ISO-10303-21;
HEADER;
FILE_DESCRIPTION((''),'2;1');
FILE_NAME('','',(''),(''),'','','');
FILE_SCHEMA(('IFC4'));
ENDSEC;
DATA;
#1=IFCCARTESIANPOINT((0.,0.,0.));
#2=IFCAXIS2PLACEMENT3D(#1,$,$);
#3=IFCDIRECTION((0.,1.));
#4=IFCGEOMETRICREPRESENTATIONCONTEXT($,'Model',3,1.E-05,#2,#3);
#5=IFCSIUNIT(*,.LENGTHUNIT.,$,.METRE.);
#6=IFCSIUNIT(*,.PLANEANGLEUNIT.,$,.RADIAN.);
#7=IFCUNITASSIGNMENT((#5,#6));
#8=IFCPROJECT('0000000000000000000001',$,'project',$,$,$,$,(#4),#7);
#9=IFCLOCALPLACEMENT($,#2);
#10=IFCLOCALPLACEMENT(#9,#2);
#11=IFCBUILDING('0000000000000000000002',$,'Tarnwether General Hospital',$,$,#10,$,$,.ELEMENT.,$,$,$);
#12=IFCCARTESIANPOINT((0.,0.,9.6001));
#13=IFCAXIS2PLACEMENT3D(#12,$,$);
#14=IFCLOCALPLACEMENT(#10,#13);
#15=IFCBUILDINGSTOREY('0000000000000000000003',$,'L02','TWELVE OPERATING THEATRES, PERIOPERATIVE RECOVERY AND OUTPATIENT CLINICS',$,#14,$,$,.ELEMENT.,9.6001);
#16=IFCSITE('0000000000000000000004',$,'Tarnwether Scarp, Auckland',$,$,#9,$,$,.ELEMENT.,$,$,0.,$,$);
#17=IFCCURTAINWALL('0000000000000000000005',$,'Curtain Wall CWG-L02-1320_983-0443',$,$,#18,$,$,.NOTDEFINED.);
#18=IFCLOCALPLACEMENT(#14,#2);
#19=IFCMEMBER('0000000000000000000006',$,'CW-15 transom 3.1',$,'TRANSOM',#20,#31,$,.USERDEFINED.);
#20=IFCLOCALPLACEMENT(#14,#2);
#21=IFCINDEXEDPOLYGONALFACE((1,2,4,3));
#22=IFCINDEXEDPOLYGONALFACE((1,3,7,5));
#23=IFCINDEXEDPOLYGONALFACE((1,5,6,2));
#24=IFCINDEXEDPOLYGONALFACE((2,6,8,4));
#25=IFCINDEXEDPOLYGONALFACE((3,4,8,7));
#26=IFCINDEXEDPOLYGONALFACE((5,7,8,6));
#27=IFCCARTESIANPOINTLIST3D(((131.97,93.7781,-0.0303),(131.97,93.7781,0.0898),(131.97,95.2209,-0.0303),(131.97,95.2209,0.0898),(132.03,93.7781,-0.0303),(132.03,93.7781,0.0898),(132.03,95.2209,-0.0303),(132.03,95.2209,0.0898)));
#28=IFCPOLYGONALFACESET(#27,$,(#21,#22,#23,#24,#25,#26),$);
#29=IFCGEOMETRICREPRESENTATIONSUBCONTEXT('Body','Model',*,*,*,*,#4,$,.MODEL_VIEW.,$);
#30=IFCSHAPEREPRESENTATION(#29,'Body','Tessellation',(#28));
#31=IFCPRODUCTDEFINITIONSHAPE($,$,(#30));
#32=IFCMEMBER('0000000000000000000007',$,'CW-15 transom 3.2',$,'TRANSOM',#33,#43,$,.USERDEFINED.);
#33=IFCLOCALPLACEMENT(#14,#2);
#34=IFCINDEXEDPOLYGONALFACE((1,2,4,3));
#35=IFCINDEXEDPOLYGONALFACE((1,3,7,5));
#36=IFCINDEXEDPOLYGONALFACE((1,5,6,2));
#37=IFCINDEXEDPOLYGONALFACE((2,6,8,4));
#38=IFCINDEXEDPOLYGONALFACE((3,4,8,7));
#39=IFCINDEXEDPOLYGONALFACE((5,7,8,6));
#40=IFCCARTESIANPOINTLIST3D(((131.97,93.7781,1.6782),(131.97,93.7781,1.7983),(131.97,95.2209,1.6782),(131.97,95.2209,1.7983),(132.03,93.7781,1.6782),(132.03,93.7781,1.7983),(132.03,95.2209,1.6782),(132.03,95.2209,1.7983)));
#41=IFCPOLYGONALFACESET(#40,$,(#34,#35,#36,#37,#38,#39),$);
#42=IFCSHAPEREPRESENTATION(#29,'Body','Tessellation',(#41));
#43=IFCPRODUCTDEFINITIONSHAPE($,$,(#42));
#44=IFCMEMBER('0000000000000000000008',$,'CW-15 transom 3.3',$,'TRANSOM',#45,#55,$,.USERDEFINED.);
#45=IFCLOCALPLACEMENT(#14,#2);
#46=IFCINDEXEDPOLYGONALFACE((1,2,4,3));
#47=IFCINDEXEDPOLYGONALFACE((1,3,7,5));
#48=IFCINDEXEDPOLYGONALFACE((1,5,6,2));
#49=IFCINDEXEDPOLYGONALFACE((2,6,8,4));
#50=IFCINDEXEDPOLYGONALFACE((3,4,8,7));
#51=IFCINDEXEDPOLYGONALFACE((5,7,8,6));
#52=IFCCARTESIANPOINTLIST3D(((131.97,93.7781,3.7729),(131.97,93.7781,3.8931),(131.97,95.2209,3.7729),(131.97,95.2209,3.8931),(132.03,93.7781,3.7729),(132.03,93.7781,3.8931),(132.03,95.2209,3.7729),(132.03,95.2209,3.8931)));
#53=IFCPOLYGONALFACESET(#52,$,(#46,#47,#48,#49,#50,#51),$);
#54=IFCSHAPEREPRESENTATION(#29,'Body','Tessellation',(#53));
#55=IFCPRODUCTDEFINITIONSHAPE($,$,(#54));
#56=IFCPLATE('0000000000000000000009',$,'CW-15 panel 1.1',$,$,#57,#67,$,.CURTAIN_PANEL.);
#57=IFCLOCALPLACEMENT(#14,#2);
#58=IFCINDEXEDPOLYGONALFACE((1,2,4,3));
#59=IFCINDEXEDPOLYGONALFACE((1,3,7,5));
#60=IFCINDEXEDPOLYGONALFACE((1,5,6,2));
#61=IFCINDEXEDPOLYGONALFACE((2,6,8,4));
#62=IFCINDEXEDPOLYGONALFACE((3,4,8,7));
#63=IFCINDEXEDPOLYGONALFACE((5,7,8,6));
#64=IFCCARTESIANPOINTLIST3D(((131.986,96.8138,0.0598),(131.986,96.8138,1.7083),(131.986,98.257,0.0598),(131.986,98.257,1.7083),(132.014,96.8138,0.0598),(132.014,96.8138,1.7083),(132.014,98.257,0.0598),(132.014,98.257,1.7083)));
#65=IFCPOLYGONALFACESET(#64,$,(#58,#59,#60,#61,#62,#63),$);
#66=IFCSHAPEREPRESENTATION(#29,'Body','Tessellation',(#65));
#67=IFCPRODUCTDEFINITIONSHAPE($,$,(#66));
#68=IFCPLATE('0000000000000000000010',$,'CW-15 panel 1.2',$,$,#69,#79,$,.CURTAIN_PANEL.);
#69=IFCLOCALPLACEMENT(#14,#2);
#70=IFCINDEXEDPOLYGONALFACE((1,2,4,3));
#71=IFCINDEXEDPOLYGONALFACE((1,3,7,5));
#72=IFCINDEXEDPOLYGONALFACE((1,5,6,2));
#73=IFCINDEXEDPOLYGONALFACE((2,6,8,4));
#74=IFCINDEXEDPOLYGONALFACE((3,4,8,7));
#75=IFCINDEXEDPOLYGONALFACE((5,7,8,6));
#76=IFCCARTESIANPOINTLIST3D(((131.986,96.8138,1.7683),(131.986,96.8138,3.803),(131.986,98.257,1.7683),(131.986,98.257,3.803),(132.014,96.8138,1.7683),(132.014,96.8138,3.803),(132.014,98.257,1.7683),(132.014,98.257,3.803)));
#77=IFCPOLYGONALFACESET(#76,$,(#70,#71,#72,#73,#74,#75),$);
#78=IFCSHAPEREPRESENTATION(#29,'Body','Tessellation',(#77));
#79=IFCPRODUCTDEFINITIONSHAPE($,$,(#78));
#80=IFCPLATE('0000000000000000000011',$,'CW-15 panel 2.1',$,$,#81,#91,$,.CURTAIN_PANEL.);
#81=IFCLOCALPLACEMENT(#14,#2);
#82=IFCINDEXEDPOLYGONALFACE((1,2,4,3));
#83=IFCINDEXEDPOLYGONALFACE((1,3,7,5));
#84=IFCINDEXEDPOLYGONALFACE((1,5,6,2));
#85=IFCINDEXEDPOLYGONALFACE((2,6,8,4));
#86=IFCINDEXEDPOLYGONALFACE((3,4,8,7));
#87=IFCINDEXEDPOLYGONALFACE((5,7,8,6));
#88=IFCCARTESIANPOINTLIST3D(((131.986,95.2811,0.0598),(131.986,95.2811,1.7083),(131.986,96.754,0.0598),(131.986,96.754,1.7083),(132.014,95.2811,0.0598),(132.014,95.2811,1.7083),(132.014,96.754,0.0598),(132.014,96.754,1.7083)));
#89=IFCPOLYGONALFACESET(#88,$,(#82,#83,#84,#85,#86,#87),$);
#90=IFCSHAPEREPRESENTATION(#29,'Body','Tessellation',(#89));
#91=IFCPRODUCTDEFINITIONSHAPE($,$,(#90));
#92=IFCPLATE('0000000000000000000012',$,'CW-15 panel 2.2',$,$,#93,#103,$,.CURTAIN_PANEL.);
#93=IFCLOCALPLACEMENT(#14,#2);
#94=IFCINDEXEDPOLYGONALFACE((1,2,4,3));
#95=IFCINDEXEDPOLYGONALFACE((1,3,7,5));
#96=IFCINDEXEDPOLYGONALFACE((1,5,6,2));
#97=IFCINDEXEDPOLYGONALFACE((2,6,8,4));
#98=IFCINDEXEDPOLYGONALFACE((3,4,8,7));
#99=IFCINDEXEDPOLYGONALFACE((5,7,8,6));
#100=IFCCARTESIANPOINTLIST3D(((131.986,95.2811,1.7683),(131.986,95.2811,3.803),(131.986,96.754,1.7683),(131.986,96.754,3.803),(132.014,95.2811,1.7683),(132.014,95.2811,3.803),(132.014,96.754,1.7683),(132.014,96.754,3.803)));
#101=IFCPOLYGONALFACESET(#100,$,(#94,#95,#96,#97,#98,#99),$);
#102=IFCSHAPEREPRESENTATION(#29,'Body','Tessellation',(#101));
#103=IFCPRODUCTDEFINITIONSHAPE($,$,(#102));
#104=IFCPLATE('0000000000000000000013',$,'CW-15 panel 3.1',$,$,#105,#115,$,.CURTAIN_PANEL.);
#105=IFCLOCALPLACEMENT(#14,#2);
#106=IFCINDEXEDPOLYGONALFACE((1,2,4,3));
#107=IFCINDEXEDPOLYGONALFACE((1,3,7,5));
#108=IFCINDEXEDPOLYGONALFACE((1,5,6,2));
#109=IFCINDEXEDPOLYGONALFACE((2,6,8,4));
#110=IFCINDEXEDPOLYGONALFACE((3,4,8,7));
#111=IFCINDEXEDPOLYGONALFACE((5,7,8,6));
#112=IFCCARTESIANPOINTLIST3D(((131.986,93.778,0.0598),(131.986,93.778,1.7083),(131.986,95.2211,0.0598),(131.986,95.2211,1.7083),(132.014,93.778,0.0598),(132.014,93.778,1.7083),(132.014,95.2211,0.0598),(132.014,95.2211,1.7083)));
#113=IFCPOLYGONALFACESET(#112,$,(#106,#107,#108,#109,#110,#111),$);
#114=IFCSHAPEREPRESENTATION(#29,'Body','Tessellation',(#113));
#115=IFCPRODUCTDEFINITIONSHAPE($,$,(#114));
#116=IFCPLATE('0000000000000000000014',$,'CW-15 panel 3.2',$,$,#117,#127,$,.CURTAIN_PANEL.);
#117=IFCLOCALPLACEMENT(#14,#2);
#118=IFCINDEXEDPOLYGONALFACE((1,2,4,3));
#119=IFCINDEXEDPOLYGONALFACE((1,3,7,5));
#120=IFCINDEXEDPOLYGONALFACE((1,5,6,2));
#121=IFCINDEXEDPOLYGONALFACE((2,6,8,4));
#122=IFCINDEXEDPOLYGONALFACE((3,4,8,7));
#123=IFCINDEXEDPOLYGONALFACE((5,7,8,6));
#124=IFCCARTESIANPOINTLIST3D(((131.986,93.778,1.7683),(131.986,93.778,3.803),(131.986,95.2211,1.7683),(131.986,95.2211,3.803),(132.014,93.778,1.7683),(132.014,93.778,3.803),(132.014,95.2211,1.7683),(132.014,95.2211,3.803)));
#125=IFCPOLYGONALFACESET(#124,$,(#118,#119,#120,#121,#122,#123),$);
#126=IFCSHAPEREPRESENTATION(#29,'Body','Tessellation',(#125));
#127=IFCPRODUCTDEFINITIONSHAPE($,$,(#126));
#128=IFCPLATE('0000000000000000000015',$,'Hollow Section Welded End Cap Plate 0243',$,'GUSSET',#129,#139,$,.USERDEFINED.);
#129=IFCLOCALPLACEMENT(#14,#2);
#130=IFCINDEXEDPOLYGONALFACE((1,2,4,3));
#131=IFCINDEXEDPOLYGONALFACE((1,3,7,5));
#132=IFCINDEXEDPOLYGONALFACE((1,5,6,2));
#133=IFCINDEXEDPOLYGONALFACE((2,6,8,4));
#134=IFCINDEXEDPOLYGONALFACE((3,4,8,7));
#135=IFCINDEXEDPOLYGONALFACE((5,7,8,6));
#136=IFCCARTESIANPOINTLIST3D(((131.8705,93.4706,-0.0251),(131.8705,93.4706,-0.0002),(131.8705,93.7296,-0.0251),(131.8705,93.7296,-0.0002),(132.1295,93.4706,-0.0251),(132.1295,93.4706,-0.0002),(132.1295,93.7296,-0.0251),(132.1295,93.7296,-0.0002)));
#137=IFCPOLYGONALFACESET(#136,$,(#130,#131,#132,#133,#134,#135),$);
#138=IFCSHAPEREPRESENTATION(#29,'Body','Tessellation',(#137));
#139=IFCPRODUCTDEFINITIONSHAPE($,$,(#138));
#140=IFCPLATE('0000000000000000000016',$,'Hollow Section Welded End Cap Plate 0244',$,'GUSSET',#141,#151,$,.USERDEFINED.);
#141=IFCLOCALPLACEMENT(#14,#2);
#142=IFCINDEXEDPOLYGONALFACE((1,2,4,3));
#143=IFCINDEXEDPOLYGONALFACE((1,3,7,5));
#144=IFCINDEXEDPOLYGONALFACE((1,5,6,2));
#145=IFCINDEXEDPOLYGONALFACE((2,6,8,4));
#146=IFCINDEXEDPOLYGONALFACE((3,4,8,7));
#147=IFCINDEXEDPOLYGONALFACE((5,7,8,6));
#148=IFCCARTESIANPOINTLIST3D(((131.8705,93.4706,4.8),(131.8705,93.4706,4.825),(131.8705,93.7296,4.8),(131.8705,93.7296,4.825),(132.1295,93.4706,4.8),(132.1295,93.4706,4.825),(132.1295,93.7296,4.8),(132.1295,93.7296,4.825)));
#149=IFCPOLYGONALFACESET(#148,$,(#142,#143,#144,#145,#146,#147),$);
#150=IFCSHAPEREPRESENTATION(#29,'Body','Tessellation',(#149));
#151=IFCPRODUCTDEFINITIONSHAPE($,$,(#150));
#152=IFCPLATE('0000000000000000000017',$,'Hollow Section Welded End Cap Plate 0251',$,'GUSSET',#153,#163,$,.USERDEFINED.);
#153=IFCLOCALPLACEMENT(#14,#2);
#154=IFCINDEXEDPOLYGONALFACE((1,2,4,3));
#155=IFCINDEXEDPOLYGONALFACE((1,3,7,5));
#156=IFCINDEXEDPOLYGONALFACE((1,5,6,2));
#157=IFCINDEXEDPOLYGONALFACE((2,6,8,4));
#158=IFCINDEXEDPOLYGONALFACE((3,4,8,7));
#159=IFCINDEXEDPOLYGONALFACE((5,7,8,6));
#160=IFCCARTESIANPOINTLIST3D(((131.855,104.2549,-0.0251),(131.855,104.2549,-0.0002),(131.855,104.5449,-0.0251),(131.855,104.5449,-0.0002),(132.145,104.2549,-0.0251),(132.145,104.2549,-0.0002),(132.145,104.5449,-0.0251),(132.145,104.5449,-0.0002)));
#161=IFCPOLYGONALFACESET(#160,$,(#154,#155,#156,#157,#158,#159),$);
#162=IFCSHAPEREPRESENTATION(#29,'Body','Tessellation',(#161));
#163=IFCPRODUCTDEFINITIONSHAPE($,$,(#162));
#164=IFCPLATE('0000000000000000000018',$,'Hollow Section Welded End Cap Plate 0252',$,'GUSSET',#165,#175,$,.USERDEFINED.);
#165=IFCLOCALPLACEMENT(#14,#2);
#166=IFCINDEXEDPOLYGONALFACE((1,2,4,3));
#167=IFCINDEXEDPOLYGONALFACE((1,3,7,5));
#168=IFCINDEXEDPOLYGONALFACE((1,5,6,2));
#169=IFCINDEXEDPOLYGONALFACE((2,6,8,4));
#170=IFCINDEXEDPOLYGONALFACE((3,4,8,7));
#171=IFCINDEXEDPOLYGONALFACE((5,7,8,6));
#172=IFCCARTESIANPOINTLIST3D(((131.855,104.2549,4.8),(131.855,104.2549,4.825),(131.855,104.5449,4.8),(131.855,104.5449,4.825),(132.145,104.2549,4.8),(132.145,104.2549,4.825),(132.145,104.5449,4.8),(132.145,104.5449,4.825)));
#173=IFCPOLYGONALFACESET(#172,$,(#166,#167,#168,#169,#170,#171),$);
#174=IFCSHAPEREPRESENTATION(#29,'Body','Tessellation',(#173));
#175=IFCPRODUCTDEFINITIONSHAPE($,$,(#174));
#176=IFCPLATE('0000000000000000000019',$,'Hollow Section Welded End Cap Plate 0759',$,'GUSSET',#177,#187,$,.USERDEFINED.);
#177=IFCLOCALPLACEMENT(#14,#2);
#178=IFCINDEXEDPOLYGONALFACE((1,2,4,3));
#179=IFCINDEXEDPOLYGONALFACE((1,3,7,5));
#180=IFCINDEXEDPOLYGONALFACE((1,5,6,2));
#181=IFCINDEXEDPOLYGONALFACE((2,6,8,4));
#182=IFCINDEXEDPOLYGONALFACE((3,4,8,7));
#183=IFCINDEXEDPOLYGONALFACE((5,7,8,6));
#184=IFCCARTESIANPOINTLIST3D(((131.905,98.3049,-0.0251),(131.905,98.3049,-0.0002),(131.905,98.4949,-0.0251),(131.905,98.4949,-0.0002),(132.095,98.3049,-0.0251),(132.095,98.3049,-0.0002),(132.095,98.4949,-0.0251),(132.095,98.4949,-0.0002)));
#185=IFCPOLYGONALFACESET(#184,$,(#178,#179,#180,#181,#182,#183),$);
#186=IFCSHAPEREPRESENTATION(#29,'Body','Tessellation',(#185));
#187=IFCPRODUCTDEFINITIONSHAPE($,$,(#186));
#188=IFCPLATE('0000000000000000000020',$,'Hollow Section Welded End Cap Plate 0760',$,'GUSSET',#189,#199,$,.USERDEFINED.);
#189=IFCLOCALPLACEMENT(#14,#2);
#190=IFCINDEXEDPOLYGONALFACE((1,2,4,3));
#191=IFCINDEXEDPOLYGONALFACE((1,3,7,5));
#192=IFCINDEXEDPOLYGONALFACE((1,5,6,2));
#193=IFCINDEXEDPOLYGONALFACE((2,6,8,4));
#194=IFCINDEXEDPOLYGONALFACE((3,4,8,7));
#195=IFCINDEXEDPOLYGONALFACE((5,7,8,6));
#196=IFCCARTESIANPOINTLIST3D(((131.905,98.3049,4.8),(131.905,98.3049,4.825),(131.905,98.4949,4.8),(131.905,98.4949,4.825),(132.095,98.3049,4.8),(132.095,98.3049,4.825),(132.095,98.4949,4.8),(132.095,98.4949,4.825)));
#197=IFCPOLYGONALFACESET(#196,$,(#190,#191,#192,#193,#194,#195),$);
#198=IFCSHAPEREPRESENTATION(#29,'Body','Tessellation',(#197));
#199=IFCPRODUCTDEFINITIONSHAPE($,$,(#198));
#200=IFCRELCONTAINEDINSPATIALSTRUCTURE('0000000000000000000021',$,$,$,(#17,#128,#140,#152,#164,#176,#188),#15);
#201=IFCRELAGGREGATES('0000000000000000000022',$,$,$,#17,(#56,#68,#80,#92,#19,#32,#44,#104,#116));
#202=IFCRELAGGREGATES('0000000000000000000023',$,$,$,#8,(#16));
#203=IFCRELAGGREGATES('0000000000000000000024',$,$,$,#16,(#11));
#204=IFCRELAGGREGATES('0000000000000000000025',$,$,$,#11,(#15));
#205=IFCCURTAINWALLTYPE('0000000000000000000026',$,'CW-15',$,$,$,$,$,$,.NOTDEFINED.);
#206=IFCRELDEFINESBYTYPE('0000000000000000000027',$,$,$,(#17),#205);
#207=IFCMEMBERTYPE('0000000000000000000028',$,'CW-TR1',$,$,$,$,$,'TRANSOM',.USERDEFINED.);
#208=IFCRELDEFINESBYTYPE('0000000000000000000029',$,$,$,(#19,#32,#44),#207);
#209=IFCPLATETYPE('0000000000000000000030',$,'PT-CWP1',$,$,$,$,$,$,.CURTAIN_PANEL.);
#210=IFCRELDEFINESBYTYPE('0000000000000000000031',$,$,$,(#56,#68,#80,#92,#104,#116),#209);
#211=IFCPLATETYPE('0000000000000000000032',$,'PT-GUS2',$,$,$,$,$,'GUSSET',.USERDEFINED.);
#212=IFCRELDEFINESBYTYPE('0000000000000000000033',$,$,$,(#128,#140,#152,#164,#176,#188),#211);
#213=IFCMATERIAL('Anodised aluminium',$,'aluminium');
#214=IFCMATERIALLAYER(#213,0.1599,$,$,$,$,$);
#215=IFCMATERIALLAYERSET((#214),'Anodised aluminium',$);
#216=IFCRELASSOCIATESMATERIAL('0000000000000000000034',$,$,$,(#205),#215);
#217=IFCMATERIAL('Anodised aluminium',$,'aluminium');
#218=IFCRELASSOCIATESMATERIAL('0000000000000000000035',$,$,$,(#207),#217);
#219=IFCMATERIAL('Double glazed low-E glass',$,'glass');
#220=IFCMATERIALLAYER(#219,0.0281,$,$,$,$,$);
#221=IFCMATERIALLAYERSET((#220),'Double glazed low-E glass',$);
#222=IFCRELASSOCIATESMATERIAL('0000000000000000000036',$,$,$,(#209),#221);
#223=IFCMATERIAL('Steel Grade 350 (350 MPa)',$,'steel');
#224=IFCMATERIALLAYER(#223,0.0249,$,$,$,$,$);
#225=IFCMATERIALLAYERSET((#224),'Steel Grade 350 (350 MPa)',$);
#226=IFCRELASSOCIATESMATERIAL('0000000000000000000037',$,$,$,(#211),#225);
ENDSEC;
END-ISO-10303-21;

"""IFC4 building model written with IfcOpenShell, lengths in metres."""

from ifc_helpers import new_model, si_unit, direction, frame, origin, origin_2d, place, context, subcontext, project, spatial, rectangle, extrude, material, layer, layer_set, material_profile, profile_set, type_object, element, aggregate, save


model = new_model("IFC4")

# Units and contexts
model_context = context("Model", 3, precision=1e-05, world=origin(), true_north=direction((0.0, 1.0)))
body_context = subcontext(model_context, "Body", "Model", "MODEL_VIEW")
ifc_project = project(units=[si_unit("LENGTHUNIT", "METRE"), si_unit("PLANEANGLEUNIT", "RADIAN")], contexts=[model_context])

# Site, building, storey
site_placement = place(None, origin())
site = spatial("IfcSite", under=ifc_project, at=site_placement, Name="Tarnwether Scarp, Auckland", CompositionType="ELEMENT", RefElevation=0.0)
building_placement = place(site_placement, origin())
building = spatial("IfcBuilding", under=site, at=building_placement, Name="Tarnwether General Hospital", CompositionType="ELEMENT")
storey_placement = place(building_placement, frame((0.0, 0.0, 9.6001)))
storey = spatial("IfcBuildingStorey", under=building, at=storey_placement, Name="L02", Description="TWELVE OPERATING THEATRES, PERIOPERATIVE RECOVERY AND OUTPATIENT CLINICS", CompositionType="ELEMENT", Elevation=9.6001)

# Curtain wall
ifc_material_1 = material(Name="Anodised aluminium", Category="aluminium")
ifc_layer_1 = layer(ifc_material_1, 0.1599)
ifc_layer_set_1 = layer_set([ifc_layer_1], Name="Anodised aluminium")
curtain_wall_type = type_object("IfcCurtainWallType", Name="CW-15", PredefinedType="NOTDEFINED", material=ifc_layer_set_1)
curtain_wall_1_placement = place(storey_placement, origin())
curtain_wall_1 = element("IfcCurtainWall", 1, at=curtain_wall_1_placement, inside=storey, type_object=curtain_wall_type, Name="Curtain Wall CWG-L02-1320_983-0443", PredefinedType="NOTDEFINED")

# Members
ifc_material_2 = material(Name="Anodised aluminium", Category="aluminium")
ifc_material_profile_1 = material_profile(ifc_material_2, rectangle(XDim=0.0601, YDim=0.1201, at=origin_2d()), Name="ALU-TRN-60x120")
ifc_profile_set_1 = profile_set([ifc_material_profile_1], Name="Anodised aluminium")
member_type_1 = type_object("IfcMemberType", Name="CW-TR1", ElementType="TRANSOM", PredefinedType="USERDEFINED", material=ifc_profile_set_1)
member_1_placement = place(storey_placement, frame((132.0, 95.2209, 0.0298), z_axis=(0.0, -1.0, 0.0), x_axis=(1.0, 0.0, 0.0)))
member_1 = element("IfcMember", 2, at=member_1_placement, type_object=member_type_1, Name="CW-15 transom 3.1", ObjectType="TRANSOM", PredefinedType="USERDEFINED", context=body_context, shape_type="SweptSolid", body=[
    extrude(rectangle(XDim=0.0601, YDim=0.1201, at=origin_2d()), origin(), (0.0, 0.0, 1.0), 1.4429),
])
member_2_placement = place(storey_placement, frame((132.0, 95.2209, 1.7383), z_axis=(0.0, -1.0, 0.0), x_axis=(1.0, 0.0, 0.0)))
member_2 = element("IfcMember", 3, at=member_2_placement, type_object=member_type_1, Name="CW-15 transom 3.2", ObjectType="TRANSOM", PredefinedType="USERDEFINED", context=body_context, shape_type="SweptSolid", body=[
    extrude(rectangle(XDim=0.0601, YDim=0.1201, at=origin_2d()), origin(), (0.0, 0.0, 1.0), 1.4429),
])
member_3_placement = place(storey_placement, frame((132.0, 95.2209, 3.833), z_axis=(0.0, -1.0, 0.0), x_axis=(1.0, 0.0, 0.0)))
member_3 = element("IfcMember", 4, at=member_3_placement, type_object=member_type_1, Name="CW-15 transom 3.3", ObjectType="TRANSOM", PredefinedType="USERDEFINED", context=body_context, shape_type="SweptSolid", body=[
    extrude(rectangle(XDim=0.0601, YDim=0.1201, at=origin_2d()), origin(), (0.0, 0.0, 1.0), 1.4429),
])

# Plates
ifc_material_3 = material(Name="Double glazed low-E glass", Category="glass")
ifc_layer_2 = layer(ifc_material_3, 0.0281)
ifc_layer_set_2 = layer_set([ifc_layer_2], Name="Double glazed low-E glass")
plate_type_1 = type_object("IfcPlateType", Name="PT-CWP1", PredefinedType="CURTAIN_PANEL", material=ifc_layer_set_2)
plate_1_placement = place(storey_placement, frame((132.0, 97.5354, 0.0598), z_axis=(0.0, 0.0, 1.0), x_axis=(0.0, -1.0, 0.0)))
plate_1 = element("IfcPlate", 5, at=plate_1_placement, type_object=plate_type_1, Name="CW-15 panel 1.1", PredefinedType="CURTAIN_PANEL", context=body_context, shape_type="SweptSolid", body=[
    extrude(rectangle(XDim=1.4431, YDim=0.0281, at=origin_2d()), origin(), (0.0, 0.0, 1.0), 1.6484),
])
plate_2_placement = place(storey_placement, frame((132.0, 97.5354, 1.7683), z_axis=(0.0, 0.0, 1.0), x_axis=(0.0, -1.0, 0.0)))
plate_2 = element("IfcPlate", 6, at=plate_2_placement, type_object=plate_type_1, Name="CW-15 panel 1.2", PredefinedType="CURTAIN_PANEL", context=body_context, shape_type="SweptSolid", body=[
    extrude(rectangle(XDim=1.4431, YDim=0.0281, at=origin_2d()), origin(), (0.0, 0.0, 1.0), 2.0347),
])
plate_3_placement = place(storey_placement, frame((132.0, 96.0176, 0.0598), z_axis=(0.0, 0.0, 1.0), x_axis=(0.0, -1.0, 0.0)))
plate_3 = element("IfcPlate", 7, at=plate_3_placement, type_object=plate_type_1, Name="CW-15 panel 2.1", PredefinedType="CURTAIN_PANEL", context=body_context, shape_type="SweptSolid", body=[
    extrude(rectangle(XDim=1.4729, YDim=0.0281, at=origin_2d()), origin(), (0.0, 0.0, 1.0), 1.6484),
])
plate_4_placement = place(storey_placement, frame((132.0, 96.0176, 1.7683), z_axis=(0.0, 0.0, 1.0), x_axis=(0.0, -1.0, 0.0)))
plate_4 = element("IfcPlate", 8, at=plate_4_placement, type_object=plate_type_1, Name="CW-15 panel 2.2", PredefinedType="CURTAIN_PANEL", context=body_context, shape_type="SweptSolid", body=[
    extrude(rectangle(XDim=1.4729, YDim=0.0281, at=origin_2d()), origin(), (0.0, 0.0, 1.0), 2.0347),
])
plate_5_placement = place(storey_placement, frame((132.0, 94.4995, 0.0598), z_axis=(0.0, 0.0, 1.0), x_axis=(0.0, -1.0, 0.0)))
plate_5 = element("IfcPlate", 9, at=plate_5_placement, type_object=plate_type_1, Name="CW-15 panel 3.1", PredefinedType="CURTAIN_PANEL", context=body_context, shape_type="SweptSolid", body=[
    extrude(rectangle(XDim=1.4431, YDim=0.0281, at=origin_2d()), origin(), (0.0, 0.0, 1.0), 1.6484),
])
plate_6_placement = place(storey_placement, frame((132.0, 94.4995, 1.7683), z_axis=(0.0, 0.0, 1.0), x_axis=(0.0, -1.0, 0.0)))
plate_6 = element("IfcPlate", 10, at=plate_6_placement, type_object=plate_type_1, Name="CW-15 panel 3.2", PredefinedType="CURTAIN_PANEL", context=body_context, shape_type="SweptSolid", body=[
    extrude(rectangle(XDim=1.4431, YDim=0.0281, at=origin_2d()), origin(), (0.0, 0.0, 1.0), 2.0347),
])
aggregate(curtain_wall_1, [plate_1, plate_2, plate_3, plate_4, member_1, member_2, member_3, plate_5, plate_6])

# Plates
ifc_material_4 = material(Name="Steel Grade 350 (350 MPa)", Category="steel")
ifc_layer_3 = layer(ifc_material_4, 0.0249)
ifc_layer_set_3 = layer_set([ifc_layer_3], Name="Steel Grade 350 (350 MPa)")
plate_type_2 = type_object("IfcPlateType", Name="PT-GUS2", ElementType="GUSSET", PredefinedType="USERDEFINED", material=ifc_layer_set_3)
for number, where, z_axis, x_axis, name in (
    (11, (132.0, 93.6001, -0.0251), (0.0, 0.0, 1.0), (1.0, 0.0, 0.0), "Hollow Section Welded End Cap Plate 0243"),
    (12, (132.0, 93.6001, 4.8), (0.0, 0.0, 1.0), (1.0, 0.0, 0.0), "Hollow Section Welded End Cap Plate 0244"),
):
    element("IfcPlate", number, at=place(storey_placement, frame(where, z_axis=z_axis, x_axis=x_axis)), inside=storey, type_object=plate_type_2, Name=name, ObjectType="GUSSET", PredefinedType="USERDEFINED", context=body_context, shape_type="SweptSolid", body=[
        extrude(rectangle(XDim=0.259, YDim=0.259, at=origin_2d()), origin(), (0.0, 0.0, 1.0), 0.0249),
    ])
for number, where, z_axis, x_axis, name in (
    (13, (132.0, 104.3999, -0.0251), (0.0, 0.0, 1.0), (1.0, 0.0, 0.0), "Hollow Section Welded End Cap Plate 0251"),
    (14, (132.0, 104.3999, 4.8), (0.0, 0.0, 1.0), (1.0, 0.0, 0.0), "Hollow Section Welded End Cap Plate 0252"),
):
    element("IfcPlate", number, at=place(storey_placement, frame(where, z_axis=z_axis, x_axis=x_axis)), inside=storey, type_object=plate_type_2, Name=name, ObjectType="GUSSET", PredefinedType="USERDEFINED", context=body_context, shape_type="SweptSolid", body=[
        extrude(rectangle(XDim=0.29, YDim=0.29, at=origin_2d()), origin(), (0.0, 0.0, 1.0), 0.0249),
    ])
for number, where, z_axis, x_axis, name in (
    (15, (132.0, 98.3999, -0.0251), (0.0, 0.0, 1.0), (1.0, 0.0, 0.0), "Hollow Section Welded End Cap Plate 0759"),
    (16, (132.0, 98.3999, 4.8), (0.0, 0.0, 1.0), (1.0, 0.0, 0.0), "Hollow Section Welded End Cap Plate 0760"),
):
    element("IfcPlate", number, at=place(storey_placement, frame(where, z_axis=z_axis, x_axis=x_axis)), inside=storey, type_object=plate_type_2, Name=name, ObjectType="GUSSET", PredefinedType="USERDEFINED", context=body_context, shape_type="SweptSolid", body=[
        extrude(rectangle(XDim=0.1899, YDim=0.1899, at=origin_2d()), origin(), (0.0, 0.0, 1.0), 0.0249),
    ])

save(model, "model.ifc")
